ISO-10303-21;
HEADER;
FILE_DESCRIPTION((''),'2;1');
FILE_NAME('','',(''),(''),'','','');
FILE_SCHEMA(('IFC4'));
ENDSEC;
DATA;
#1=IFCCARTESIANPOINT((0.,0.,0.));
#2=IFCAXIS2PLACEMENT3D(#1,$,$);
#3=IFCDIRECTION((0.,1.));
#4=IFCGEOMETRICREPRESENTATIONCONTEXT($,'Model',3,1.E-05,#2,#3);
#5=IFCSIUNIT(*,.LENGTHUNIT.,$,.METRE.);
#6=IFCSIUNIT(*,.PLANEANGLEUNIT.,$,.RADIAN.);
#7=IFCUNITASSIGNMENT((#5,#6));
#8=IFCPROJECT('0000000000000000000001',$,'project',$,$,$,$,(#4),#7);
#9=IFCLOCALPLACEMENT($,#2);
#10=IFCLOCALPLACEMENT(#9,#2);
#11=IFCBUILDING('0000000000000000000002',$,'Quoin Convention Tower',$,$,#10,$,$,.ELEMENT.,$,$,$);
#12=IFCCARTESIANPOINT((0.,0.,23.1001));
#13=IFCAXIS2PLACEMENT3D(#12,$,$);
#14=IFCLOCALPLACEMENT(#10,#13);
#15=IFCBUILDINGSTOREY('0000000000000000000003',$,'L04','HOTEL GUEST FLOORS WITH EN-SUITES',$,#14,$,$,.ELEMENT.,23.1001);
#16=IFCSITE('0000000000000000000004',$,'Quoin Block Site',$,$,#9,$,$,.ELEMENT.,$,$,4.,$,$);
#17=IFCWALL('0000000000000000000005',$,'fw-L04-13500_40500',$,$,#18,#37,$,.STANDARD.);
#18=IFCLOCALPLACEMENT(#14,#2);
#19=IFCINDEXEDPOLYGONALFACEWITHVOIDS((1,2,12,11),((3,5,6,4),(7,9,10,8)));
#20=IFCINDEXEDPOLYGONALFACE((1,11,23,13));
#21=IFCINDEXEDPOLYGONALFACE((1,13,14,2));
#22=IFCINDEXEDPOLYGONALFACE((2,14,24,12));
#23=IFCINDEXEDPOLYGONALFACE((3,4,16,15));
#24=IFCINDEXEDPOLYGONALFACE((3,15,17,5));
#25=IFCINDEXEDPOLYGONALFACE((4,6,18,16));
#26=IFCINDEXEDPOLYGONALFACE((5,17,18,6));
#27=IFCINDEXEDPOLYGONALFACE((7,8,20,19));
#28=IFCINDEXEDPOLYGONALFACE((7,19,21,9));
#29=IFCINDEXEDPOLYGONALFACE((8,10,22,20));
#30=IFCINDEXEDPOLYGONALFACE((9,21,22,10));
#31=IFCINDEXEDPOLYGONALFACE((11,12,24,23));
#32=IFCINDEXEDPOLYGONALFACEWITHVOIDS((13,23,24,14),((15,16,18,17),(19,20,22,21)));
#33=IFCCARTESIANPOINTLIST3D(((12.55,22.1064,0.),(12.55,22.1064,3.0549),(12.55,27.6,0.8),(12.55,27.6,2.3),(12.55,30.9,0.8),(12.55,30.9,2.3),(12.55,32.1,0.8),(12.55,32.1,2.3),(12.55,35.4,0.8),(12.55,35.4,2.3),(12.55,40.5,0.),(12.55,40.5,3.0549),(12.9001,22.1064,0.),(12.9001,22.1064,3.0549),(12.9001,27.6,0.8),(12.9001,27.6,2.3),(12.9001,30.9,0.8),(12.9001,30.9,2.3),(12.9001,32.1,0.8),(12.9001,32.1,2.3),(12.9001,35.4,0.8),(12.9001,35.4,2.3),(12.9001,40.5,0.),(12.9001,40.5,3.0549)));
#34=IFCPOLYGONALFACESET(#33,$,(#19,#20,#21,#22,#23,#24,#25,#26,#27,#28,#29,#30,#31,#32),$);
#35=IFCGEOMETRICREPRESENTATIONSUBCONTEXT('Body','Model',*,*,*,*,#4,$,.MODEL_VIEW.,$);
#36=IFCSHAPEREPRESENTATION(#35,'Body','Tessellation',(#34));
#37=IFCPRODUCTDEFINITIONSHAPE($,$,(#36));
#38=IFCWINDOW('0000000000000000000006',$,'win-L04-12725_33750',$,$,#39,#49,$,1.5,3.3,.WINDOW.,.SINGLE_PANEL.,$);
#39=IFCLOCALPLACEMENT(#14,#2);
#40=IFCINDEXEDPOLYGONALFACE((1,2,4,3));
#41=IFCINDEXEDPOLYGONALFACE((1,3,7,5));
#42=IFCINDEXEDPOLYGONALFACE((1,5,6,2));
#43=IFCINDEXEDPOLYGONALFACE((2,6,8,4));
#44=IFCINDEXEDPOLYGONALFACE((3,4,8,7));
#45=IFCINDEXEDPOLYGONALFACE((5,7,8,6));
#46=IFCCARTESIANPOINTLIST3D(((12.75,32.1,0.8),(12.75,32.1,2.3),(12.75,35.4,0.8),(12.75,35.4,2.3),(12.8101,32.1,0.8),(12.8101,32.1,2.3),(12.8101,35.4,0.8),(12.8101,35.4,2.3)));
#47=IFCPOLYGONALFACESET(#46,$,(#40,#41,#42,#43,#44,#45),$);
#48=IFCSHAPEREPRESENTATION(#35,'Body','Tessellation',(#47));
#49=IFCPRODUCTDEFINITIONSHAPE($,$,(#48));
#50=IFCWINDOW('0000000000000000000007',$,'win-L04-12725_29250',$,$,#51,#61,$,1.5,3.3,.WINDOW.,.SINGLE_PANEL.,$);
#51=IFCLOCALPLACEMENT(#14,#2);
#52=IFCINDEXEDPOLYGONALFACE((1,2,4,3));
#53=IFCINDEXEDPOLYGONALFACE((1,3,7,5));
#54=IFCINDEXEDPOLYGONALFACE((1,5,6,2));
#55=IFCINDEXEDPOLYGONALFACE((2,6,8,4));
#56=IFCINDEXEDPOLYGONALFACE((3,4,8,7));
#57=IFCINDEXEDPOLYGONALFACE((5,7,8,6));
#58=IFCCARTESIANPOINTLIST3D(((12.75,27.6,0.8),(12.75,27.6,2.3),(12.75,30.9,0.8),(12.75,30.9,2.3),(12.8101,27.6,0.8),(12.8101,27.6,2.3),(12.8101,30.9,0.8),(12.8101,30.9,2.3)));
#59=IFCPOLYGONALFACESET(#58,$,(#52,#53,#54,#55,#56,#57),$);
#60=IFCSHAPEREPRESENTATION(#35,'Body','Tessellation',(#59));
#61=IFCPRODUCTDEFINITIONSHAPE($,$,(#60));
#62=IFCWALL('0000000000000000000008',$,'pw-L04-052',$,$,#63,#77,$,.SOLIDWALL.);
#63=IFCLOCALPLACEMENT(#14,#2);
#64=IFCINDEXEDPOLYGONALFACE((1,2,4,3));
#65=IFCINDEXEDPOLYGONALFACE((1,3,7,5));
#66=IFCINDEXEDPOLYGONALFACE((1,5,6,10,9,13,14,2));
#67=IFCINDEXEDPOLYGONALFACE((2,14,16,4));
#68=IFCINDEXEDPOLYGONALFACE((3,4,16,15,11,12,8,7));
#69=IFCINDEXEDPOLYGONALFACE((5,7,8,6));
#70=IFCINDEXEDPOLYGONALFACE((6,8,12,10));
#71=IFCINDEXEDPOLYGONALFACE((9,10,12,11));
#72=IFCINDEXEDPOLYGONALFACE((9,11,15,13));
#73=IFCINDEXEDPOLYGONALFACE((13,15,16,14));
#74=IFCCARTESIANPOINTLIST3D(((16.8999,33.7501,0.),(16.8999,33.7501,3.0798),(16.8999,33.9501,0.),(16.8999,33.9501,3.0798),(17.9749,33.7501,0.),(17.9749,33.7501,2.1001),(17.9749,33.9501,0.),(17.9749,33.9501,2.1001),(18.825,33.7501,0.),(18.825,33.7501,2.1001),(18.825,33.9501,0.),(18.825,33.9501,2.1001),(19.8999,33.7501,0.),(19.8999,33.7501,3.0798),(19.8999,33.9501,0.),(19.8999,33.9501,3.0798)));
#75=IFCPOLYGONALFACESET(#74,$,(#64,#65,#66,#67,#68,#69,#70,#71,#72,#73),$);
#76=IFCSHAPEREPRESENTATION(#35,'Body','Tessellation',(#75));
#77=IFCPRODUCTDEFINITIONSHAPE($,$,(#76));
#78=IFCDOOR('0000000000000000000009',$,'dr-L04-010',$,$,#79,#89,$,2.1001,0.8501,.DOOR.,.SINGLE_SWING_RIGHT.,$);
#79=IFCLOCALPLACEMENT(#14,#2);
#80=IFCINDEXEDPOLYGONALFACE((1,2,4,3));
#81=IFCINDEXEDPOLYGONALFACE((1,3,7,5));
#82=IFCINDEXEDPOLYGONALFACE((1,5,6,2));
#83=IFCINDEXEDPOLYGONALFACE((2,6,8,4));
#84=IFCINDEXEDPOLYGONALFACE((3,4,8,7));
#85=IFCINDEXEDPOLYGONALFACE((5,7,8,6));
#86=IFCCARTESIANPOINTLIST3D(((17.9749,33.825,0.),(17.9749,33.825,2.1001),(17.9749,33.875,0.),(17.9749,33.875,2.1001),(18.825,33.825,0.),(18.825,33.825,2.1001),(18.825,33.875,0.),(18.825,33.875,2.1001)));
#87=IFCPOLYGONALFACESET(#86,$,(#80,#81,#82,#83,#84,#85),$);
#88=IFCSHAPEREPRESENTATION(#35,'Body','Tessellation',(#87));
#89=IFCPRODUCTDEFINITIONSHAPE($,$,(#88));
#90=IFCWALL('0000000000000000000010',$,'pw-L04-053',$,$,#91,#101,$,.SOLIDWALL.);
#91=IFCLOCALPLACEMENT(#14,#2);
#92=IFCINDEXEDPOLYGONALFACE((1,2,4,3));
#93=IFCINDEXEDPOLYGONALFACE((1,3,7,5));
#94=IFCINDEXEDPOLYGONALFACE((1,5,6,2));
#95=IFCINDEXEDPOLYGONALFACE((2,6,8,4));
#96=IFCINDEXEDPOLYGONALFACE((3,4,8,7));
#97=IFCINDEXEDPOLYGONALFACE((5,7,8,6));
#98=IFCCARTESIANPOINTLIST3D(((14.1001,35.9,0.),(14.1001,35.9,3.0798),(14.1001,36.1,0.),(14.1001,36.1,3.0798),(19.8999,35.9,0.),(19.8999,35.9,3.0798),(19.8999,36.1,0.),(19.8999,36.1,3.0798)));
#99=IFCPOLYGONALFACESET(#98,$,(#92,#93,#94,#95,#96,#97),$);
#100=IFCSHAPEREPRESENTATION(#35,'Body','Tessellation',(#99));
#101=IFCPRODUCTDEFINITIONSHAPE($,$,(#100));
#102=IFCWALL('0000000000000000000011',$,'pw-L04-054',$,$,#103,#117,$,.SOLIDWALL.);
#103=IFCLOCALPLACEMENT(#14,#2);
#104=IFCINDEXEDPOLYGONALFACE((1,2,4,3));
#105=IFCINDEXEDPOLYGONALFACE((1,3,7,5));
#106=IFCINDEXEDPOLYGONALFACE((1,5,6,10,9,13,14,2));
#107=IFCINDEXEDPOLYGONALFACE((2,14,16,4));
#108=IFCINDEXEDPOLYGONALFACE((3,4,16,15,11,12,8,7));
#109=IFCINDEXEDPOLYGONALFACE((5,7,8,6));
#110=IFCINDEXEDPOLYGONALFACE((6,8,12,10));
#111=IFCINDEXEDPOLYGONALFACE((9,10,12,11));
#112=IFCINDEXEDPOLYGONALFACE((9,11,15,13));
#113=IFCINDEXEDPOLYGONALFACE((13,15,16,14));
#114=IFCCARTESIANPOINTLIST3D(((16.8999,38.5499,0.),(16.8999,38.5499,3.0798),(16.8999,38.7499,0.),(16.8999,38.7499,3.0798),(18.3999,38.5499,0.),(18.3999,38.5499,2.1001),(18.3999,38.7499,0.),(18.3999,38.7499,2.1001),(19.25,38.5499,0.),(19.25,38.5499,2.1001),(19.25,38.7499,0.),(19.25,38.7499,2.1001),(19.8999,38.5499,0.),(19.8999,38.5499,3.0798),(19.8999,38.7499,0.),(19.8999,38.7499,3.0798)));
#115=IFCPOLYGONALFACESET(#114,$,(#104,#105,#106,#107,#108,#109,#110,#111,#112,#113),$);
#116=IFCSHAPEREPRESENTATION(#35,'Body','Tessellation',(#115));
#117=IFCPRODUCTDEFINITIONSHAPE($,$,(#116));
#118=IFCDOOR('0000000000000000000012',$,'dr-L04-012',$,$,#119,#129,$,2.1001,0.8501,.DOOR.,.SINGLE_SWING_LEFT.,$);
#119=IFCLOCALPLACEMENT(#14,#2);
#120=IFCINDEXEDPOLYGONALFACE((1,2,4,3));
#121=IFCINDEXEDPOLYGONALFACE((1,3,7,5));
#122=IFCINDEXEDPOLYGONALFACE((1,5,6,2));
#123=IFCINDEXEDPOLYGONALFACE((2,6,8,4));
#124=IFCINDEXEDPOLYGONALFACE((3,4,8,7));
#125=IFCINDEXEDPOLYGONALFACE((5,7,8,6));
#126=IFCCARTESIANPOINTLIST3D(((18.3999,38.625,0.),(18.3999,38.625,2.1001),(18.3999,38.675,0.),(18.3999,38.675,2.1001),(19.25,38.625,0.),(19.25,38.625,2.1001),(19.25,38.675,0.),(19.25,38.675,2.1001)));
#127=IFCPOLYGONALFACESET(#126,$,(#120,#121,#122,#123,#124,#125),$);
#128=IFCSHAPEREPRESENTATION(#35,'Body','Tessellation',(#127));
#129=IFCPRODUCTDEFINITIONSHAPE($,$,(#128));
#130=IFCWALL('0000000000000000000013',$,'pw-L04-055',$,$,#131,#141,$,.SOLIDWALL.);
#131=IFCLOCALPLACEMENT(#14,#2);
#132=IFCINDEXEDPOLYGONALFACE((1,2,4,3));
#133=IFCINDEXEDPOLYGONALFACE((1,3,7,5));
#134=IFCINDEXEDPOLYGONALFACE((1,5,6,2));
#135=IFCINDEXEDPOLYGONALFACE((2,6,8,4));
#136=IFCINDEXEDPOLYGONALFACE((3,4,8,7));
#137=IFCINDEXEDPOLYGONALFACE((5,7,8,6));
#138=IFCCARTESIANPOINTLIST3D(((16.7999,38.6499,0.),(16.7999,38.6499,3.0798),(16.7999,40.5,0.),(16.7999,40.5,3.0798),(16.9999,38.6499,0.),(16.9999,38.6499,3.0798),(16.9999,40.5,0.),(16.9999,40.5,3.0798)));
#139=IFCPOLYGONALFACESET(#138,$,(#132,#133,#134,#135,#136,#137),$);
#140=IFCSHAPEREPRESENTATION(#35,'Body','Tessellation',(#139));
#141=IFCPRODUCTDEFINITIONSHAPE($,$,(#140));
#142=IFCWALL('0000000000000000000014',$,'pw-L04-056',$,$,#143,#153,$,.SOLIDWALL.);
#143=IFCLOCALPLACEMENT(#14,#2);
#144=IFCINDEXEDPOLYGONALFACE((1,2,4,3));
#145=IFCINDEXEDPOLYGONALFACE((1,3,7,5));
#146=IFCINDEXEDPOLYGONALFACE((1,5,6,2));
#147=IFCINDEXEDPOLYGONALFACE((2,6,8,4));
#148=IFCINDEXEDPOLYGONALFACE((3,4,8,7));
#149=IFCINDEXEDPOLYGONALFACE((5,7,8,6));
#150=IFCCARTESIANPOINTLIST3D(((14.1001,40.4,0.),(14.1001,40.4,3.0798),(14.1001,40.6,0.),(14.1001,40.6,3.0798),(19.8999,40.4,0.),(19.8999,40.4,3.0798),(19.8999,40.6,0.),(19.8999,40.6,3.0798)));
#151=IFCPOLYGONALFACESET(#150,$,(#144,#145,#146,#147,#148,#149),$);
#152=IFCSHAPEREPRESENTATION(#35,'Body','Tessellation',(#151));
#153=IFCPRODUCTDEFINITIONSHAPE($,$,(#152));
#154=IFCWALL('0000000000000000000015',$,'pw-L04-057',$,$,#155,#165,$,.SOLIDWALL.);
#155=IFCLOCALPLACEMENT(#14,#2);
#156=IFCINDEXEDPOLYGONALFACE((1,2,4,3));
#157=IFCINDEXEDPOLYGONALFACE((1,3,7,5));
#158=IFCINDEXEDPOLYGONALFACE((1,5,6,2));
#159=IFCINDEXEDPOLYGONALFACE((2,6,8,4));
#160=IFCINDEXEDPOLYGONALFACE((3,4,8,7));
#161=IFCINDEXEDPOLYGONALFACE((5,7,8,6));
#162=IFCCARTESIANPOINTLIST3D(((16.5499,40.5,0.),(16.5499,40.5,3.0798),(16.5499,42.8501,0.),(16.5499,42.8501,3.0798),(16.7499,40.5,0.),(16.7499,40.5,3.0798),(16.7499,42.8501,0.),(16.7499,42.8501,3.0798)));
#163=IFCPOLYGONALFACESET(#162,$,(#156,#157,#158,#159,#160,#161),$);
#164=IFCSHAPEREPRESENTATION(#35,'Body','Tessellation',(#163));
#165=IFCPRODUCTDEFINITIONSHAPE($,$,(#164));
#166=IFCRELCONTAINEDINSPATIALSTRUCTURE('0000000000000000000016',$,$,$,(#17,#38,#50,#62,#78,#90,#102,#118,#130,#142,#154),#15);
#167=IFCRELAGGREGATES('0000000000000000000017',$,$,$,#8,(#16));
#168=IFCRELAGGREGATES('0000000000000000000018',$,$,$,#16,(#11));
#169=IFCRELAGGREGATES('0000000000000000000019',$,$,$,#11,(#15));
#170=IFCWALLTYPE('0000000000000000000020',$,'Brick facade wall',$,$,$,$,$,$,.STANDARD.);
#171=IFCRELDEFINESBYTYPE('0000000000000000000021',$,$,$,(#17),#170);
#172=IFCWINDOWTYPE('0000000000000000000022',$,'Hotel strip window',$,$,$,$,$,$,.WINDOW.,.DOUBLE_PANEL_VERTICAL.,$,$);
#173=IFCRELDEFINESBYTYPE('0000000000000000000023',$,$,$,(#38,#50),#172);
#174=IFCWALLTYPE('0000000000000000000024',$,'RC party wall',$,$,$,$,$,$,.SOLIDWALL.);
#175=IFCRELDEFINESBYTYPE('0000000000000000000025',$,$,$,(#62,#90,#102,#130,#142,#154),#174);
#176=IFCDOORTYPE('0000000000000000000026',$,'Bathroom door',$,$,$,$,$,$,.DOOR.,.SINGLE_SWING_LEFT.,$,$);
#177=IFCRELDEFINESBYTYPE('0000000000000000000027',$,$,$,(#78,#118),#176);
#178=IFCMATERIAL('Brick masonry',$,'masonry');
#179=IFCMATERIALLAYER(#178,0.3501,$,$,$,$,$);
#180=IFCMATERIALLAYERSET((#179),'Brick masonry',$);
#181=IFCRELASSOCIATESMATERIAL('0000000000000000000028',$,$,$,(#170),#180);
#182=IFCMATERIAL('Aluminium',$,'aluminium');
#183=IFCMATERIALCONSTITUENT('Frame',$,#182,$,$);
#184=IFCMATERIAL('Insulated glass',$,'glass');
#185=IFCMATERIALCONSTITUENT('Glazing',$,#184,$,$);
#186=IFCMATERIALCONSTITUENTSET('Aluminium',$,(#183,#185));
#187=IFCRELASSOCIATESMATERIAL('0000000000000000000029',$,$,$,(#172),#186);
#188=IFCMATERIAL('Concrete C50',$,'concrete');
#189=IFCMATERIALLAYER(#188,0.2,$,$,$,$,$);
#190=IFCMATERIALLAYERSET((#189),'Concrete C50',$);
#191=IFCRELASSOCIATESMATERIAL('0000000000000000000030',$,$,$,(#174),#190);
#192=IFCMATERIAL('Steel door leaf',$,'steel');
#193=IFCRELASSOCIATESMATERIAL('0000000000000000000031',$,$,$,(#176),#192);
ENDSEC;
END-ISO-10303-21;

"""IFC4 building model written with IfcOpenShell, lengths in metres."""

from ifc_helpers import new_model, si_unit, direction, frame, frame_2d, origin, place, context, subcontext, project, spatial, rectangle, extrude, material, layer, layer_set, constituent, constituent_set, type_object, element, fill, save


model = new_model("IFC4")

# Units and contexts
model_context = context("Model", 3, precision=1e-05, world=origin(), true_north=direction((0.0, 1.0)))
body_context = subcontext(model_context, "Body", "Model", "MODEL_VIEW")
ifc_project = project(units=[si_unit("LENGTHUNIT", "METRE"), si_unit("PLANEANGLEUNIT", "RADIAN")], contexts=[model_context])

# Site, building, storey
site_placement = place(None, origin())
site = spatial("IfcSite", under=ifc_project, at=site_placement, Name="Quoin Block Site", CompositionType="ELEMENT", RefElevation=4.0)
building_placement = place(site_placement, origin())
building = spatial("IfcBuilding", under=site, at=building_placement, Name="Quoin Convention Tower", CompositionType="ELEMENT")
storey_placement = place(building_placement, frame((0.0, 0.0, 23.1001)))
storey = spatial("IfcBuildingStorey", under=building, at=storey_placement, Name="L04", Description="HOTEL GUEST FLOORS WITH EN-SUITES", CompositionType="ELEMENT", Elevation=23.1001)

# Wall, openings, windows
ifc_material_1 = material(Name="Brick masonry", Category="masonry")
ifc_layer_1 = layer(ifc_material_1, 0.3501)
ifc_layer_set_1 = layer_set([ifc_layer_1], Name="Brick masonry")
wall_type_1 = type_object("IfcWallType", Name="Brick facade wall", PredefinedType="STANDARD", material=ifc_layer_set_1)
wall_1_placement = place(storey_placement, frame((12.7251, 40.5, 0.0), z_axis=(0.0, 0.0, 1.0), x_axis=(0.0, -1.0, 0.0)))
wall_1 = element("IfcWall", 1, at=wall_1_placement, inside=storey, type_object=wall_type_1, Name="fw-L04-13500_40500", PredefinedType="STANDARD", context=body_context, shape_type="SweptSolid", body=[
    extrude(rectangle(XDim=18.3936, YDim=0.3501, at=frame_2d((9.1968, 0.0))), origin(), (0.0, 0.0, 1.0), 3.0549),
])
opening_1_placement = place(wall_1_placement, frame((5.1001, 0.0, 0.8)))
opening_1 = element("IfcOpeningElement", 2, at=opening_1_placement, cuts=wall_1, PredefinedType="OPENING", context=body_context, shape_type="SweptSolid", body=[
    extrude(rectangle(XDim=3.3, YDim=1.5, at=frame_2d((1.6499, 0.75))), frame((0.0, 0.1851, 0.0), z_axis=(0.0, -1.0, 0.0), x_axis=(1.0, 0.0, 0.0)), (0.0, 0.0, 1.0), 0.3701),
])
opening_2_placement = place(wall_1_placement, frame((9.6001, 0.0, 0.8)))
opening_2 = element("IfcOpeningElement", 3, at=opening_2_placement, cuts=wall_1, PredefinedType="OPENING", context=body_context, shape_type="SweptSolid", body=[
    extrude(rectangle(XDim=3.3, YDim=1.5, at=frame_2d((1.6499, 0.75))), frame((0.0, 0.1851, 0.0), z_axis=(0.0, -1.0, 0.0), x_axis=(1.0, 0.0, 0.0)), (0.0, 0.0, 1.0), 0.3701),
])
ifc_material_2 = material(Name="Aluminium", Category="aluminium")
ifc_constituent_1 = constituent(ifc_material_2, Name="Frame")
ifc_material_3 = material(Name="Insulated glass", Category="glass")
ifc_constituent_2 = constituent(ifc_material_3, Name="Glazing")
ifc_constituent_set = constituent_set(constituents=[ifc_constituent_1, ifc_constituent_2], Name="Aluminium")
window_type = type_object("IfcWindowType", Name="Hotel strip window", PartitioningType="DOUBLE_PANEL_VERTICAL", PredefinedType="WINDOW", material=ifc_constituent_set)
window_1_placement = place(opening_1_placement, origin())
window_1 = element("IfcWindow", 4, at=window_1_placement, inside=storey, type_object=window_type, Name="win-L04-12725_33750", OverallHeight=1.5, OverallWidth=3.3, PartitioningType="SINGLE_PANEL", PredefinedType="WINDOW", context=body_context, shape_type="SweptSolid", body=[
    extrude(rectangle(XDim=3.3, YDim=1.5, at=frame_2d((1.6499, 0.75))), frame((0.0, 0.085, 0.0), z_axis=(0.0, -1.0, 0.0), x_axis=(1.0, 0.0, 0.0)), (0.0, 0.0, 1.0), 0.0601),
])
fill(opening_1, window_1)
window_2_placement = place(opening_2_placement, origin())
window_2 = element("IfcWindow", 5, at=window_2_placement, inside=storey, type_object=window_type, Name="win-L04-12725_29250", OverallHeight=1.5, OverallWidth=3.3, PartitioningType="SINGLE_PANEL", PredefinedType="WINDOW", context=body_context, shape_type="SweptSolid", body=[
    extrude(rectangle(XDim=3.3, YDim=1.5, at=frame_2d((1.6499, 0.75))), frame((0.0, 0.085, 0.0), z_axis=(0.0, -1.0, 0.0), x_axis=(1.0, 0.0, 0.0)), (0.0, 0.0, 1.0), 0.0601),
])
fill(opening_2, window_2)

# Wall, opening, door
ifc_material_4 = material(Name="Concrete C50", Category="concrete")
ifc_layer_2 = layer(ifc_material_4, 0.2)
ifc_layer_set_2 = layer_set([ifc_layer_2], Name="Concrete C50")
wall_type_2 = type_object("IfcWallType", Name="RC party wall", PredefinedType="SOLIDWALL", material=ifc_layer_set_2)
wall_2_placement = place(storey_placement, frame((16.8999, 33.8501, 0.0), z_axis=(0.0, 0.0, 1.0), x_axis=(1.0, 0.0, 0.0)))
wall_2 = element("IfcWall", 6, at=wall_2_placement, inside=storey, type_object=wall_type_2, Name="pw-L04-052", PredefinedType="SOLIDWALL", context=body_context, shape_type="SweptSolid", body=[
    extrude(rectangle(XDim=3.0, YDim=0.2, at=frame_2d((1.5, 0.0))), origin(), (0.0, 0.0, 1.0), 3.0798),
])
opening_3_placement = place(wall_2_placement, frame((1.075, 0.0, 0.0)))
opening_3 = element("IfcOpeningElement", 7, at=opening_3_placement, cuts=wall_2, PredefinedType="OPENING", context=body_context, shape_type="SweptSolid", body=[
    extrude(rectangle(XDim=0.8501, YDim=2.1001, at=frame_2d((0.425, 1.05))), frame((0.0, 0.1099, 0.0), z_axis=(0.0, -1.0, 0.0), x_axis=(1.0, 0.0, 0.0)), (0.0, 0.0, 1.0), 0.22),
])
ifc_material_5 = material(Name="Steel door leaf", Category="steel")
door_type_1 = type_object("IfcDoorType", Name="Bathroom door", OperationType="SINGLE_SWING_LEFT", PredefinedType="DOOR", material=ifc_material_5)
door_1_placement = place(opening_3_placement, origin())
door_1 = element("IfcDoor", 8, at=door_1_placement, inside=storey, type_object=door_type_1, Name="dr-L04-010", OperationType="SINGLE_SWING_RIGHT", OverallHeight=2.1001, OverallWidth=0.8501, PredefinedType="DOOR", context=body_context, shape_type="SweptSolid", body=[
    extrude(rectangle(XDim=0.8501, YDim=2.1001, at=frame_2d((0.425, 1.05))), frame((0.0, 0.0249, 0.0), z_axis=(0.0, -1.0, 0.0), x_axis=(1.0, 0.0, 0.0)), (0.0, 0.0, 1.0), 0.05),
])
fill(opening_3, door_1)

# Wall
wall_3_placement = place(storey_placement, frame((14.1001, 36.0, 0.0), z_axis=(0.0, 0.0, 1.0), x_axis=(1.0, 0.0, 0.0)))
element("IfcWall", 9, at=wall_3_placement, inside=storey, type_object=wall_type_2, Name="pw-L04-053", PredefinedType="SOLIDWALL", context=body_context, shape_type="SweptSolid", body=[
    extrude(rectangle(XDim=5.7998, YDim=0.2, at=frame_2d((2.8999, 0.0))), origin(), (0.0, 0.0, 1.0), 3.0798),
])

# Wall, opening, door
wall_4_placement = place(storey_placement, frame((16.8999, 38.6499, 0.0), z_axis=(0.0, 0.0, 1.0), x_axis=(1.0, 0.0, 0.0)))
wall_4 = element("IfcWall", 10, at=wall_4_placement, inside=storey, type_object=wall_type_2, Name="pw-L04-054", PredefinedType="SOLIDWALL", context=body_context, shape_type="SweptSolid", body=[
    extrude(rectangle(XDim=3.0, YDim=0.2, at=frame_2d((1.5, 0.0))), origin(), (0.0, 0.0, 1.0), 3.0798),
])
opening_4_placement = place(wall_4_placement, frame((1.5, 0.0, 0.0)))
opening_4 = element("IfcOpeningElement", 11, at=opening_4_placement, cuts=wall_4, PredefinedType="OPENING", context=body_context, shape_type="SweptSolid", body=[
    extrude(rectangle(XDim=0.8501, YDim=2.1001, at=frame_2d((0.425, 1.05))), frame((0.0, 0.1099, 0.0), z_axis=(0.0, -1.0, 0.0), x_axis=(1.0, 0.0, 0.0)), (0.0, 0.0, 1.0), 0.22),
])
door_2_placement = place(opening_4_placement, frame((0.8501, 0.0, 0.0), z_axis=(0.0, 0.0, 1.0), x_axis=(-1.0, 0.0, 0.0)))
door_2 = element("IfcDoor", 12, at=door_2_placement, inside=storey, type_object=door_type_1, Name="dr-L04-012", OperationType="SINGLE_SWING_LEFT", OverallHeight=2.1001, OverallWidth=0.8501, PredefinedType="DOOR", context=body_context, shape_type="SweptSolid", body=[
    extrude(rectangle(XDim=0.8501, YDim=2.1001, at=frame_2d((0.425, 1.05))), frame((0.0, 0.0249, 0.0), z_axis=(0.0, -1.0, 0.0), x_axis=(1.0, 0.0, 0.0)), (0.0, 0.0, 1.0), 0.05),
])
fill(opening_4, door_2)

# Walls
wall_5_placement = place(storey_placement, frame((16.8999, 38.6499, 0.0), z_axis=(0.0, 0.0, 1.0), x_axis=(0.0, 1.0, 0.0)))
element("IfcWall", 13, at=wall_5_placement, inside=storey, type_object=wall_type_2, Name="pw-L04-055", PredefinedType="SOLIDWALL", context=body_context, shape_type="SweptSolid", body=[
    extrude(rectangle(XDim=1.8501, YDim=0.2, at=frame_2d((0.925, 0.0))), origin(), (0.0, 0.0, 1.0), 3.0798),
])
wall_6_placement = place(storey_placement, frame((14.1001, 40.5, 0.0), z_axis=(0.0, 0.0, 1.0), x_axis=(1.0, 0.0, 0.0)))
element("IfcWall", 14, at=wall_6_placement, inside=storey, type_object=wall_type_2, Name="pw-L04-056", PredefinedType="SOLIDWALL", context=body_context, shape_type="SweptSolid", body=[
    extrude(rectangle(XDim=5.7998, YDim=0.2, at=frame_2d((2.8999, 0.0))), origin(), (0.0, 0.0, 1.0), 3.0798),
])
wall_7_placement = place(storey_placement, frame((16.6499, 40.5, 0.0), z_axis=(0.0, 0.0, 1.0), x_axis=(0.0, 1.0, 0.0)))
element("IfcWall", 15, at=wall_7_placement, inside=storey, type_object=wall_type_2, Name="pw-L04-057", PredefinedType="SOLIDWALL", context=body_context, shape_type="SweptSolid", body=[
    extrude(rectangle(XDim=2.3501, YDim=0.2, at=frame_2d((1.175, 0.0))), origin(), (0.0, 0.0, 1.0), 3.0798),
])

save(model, "model.ifc")
